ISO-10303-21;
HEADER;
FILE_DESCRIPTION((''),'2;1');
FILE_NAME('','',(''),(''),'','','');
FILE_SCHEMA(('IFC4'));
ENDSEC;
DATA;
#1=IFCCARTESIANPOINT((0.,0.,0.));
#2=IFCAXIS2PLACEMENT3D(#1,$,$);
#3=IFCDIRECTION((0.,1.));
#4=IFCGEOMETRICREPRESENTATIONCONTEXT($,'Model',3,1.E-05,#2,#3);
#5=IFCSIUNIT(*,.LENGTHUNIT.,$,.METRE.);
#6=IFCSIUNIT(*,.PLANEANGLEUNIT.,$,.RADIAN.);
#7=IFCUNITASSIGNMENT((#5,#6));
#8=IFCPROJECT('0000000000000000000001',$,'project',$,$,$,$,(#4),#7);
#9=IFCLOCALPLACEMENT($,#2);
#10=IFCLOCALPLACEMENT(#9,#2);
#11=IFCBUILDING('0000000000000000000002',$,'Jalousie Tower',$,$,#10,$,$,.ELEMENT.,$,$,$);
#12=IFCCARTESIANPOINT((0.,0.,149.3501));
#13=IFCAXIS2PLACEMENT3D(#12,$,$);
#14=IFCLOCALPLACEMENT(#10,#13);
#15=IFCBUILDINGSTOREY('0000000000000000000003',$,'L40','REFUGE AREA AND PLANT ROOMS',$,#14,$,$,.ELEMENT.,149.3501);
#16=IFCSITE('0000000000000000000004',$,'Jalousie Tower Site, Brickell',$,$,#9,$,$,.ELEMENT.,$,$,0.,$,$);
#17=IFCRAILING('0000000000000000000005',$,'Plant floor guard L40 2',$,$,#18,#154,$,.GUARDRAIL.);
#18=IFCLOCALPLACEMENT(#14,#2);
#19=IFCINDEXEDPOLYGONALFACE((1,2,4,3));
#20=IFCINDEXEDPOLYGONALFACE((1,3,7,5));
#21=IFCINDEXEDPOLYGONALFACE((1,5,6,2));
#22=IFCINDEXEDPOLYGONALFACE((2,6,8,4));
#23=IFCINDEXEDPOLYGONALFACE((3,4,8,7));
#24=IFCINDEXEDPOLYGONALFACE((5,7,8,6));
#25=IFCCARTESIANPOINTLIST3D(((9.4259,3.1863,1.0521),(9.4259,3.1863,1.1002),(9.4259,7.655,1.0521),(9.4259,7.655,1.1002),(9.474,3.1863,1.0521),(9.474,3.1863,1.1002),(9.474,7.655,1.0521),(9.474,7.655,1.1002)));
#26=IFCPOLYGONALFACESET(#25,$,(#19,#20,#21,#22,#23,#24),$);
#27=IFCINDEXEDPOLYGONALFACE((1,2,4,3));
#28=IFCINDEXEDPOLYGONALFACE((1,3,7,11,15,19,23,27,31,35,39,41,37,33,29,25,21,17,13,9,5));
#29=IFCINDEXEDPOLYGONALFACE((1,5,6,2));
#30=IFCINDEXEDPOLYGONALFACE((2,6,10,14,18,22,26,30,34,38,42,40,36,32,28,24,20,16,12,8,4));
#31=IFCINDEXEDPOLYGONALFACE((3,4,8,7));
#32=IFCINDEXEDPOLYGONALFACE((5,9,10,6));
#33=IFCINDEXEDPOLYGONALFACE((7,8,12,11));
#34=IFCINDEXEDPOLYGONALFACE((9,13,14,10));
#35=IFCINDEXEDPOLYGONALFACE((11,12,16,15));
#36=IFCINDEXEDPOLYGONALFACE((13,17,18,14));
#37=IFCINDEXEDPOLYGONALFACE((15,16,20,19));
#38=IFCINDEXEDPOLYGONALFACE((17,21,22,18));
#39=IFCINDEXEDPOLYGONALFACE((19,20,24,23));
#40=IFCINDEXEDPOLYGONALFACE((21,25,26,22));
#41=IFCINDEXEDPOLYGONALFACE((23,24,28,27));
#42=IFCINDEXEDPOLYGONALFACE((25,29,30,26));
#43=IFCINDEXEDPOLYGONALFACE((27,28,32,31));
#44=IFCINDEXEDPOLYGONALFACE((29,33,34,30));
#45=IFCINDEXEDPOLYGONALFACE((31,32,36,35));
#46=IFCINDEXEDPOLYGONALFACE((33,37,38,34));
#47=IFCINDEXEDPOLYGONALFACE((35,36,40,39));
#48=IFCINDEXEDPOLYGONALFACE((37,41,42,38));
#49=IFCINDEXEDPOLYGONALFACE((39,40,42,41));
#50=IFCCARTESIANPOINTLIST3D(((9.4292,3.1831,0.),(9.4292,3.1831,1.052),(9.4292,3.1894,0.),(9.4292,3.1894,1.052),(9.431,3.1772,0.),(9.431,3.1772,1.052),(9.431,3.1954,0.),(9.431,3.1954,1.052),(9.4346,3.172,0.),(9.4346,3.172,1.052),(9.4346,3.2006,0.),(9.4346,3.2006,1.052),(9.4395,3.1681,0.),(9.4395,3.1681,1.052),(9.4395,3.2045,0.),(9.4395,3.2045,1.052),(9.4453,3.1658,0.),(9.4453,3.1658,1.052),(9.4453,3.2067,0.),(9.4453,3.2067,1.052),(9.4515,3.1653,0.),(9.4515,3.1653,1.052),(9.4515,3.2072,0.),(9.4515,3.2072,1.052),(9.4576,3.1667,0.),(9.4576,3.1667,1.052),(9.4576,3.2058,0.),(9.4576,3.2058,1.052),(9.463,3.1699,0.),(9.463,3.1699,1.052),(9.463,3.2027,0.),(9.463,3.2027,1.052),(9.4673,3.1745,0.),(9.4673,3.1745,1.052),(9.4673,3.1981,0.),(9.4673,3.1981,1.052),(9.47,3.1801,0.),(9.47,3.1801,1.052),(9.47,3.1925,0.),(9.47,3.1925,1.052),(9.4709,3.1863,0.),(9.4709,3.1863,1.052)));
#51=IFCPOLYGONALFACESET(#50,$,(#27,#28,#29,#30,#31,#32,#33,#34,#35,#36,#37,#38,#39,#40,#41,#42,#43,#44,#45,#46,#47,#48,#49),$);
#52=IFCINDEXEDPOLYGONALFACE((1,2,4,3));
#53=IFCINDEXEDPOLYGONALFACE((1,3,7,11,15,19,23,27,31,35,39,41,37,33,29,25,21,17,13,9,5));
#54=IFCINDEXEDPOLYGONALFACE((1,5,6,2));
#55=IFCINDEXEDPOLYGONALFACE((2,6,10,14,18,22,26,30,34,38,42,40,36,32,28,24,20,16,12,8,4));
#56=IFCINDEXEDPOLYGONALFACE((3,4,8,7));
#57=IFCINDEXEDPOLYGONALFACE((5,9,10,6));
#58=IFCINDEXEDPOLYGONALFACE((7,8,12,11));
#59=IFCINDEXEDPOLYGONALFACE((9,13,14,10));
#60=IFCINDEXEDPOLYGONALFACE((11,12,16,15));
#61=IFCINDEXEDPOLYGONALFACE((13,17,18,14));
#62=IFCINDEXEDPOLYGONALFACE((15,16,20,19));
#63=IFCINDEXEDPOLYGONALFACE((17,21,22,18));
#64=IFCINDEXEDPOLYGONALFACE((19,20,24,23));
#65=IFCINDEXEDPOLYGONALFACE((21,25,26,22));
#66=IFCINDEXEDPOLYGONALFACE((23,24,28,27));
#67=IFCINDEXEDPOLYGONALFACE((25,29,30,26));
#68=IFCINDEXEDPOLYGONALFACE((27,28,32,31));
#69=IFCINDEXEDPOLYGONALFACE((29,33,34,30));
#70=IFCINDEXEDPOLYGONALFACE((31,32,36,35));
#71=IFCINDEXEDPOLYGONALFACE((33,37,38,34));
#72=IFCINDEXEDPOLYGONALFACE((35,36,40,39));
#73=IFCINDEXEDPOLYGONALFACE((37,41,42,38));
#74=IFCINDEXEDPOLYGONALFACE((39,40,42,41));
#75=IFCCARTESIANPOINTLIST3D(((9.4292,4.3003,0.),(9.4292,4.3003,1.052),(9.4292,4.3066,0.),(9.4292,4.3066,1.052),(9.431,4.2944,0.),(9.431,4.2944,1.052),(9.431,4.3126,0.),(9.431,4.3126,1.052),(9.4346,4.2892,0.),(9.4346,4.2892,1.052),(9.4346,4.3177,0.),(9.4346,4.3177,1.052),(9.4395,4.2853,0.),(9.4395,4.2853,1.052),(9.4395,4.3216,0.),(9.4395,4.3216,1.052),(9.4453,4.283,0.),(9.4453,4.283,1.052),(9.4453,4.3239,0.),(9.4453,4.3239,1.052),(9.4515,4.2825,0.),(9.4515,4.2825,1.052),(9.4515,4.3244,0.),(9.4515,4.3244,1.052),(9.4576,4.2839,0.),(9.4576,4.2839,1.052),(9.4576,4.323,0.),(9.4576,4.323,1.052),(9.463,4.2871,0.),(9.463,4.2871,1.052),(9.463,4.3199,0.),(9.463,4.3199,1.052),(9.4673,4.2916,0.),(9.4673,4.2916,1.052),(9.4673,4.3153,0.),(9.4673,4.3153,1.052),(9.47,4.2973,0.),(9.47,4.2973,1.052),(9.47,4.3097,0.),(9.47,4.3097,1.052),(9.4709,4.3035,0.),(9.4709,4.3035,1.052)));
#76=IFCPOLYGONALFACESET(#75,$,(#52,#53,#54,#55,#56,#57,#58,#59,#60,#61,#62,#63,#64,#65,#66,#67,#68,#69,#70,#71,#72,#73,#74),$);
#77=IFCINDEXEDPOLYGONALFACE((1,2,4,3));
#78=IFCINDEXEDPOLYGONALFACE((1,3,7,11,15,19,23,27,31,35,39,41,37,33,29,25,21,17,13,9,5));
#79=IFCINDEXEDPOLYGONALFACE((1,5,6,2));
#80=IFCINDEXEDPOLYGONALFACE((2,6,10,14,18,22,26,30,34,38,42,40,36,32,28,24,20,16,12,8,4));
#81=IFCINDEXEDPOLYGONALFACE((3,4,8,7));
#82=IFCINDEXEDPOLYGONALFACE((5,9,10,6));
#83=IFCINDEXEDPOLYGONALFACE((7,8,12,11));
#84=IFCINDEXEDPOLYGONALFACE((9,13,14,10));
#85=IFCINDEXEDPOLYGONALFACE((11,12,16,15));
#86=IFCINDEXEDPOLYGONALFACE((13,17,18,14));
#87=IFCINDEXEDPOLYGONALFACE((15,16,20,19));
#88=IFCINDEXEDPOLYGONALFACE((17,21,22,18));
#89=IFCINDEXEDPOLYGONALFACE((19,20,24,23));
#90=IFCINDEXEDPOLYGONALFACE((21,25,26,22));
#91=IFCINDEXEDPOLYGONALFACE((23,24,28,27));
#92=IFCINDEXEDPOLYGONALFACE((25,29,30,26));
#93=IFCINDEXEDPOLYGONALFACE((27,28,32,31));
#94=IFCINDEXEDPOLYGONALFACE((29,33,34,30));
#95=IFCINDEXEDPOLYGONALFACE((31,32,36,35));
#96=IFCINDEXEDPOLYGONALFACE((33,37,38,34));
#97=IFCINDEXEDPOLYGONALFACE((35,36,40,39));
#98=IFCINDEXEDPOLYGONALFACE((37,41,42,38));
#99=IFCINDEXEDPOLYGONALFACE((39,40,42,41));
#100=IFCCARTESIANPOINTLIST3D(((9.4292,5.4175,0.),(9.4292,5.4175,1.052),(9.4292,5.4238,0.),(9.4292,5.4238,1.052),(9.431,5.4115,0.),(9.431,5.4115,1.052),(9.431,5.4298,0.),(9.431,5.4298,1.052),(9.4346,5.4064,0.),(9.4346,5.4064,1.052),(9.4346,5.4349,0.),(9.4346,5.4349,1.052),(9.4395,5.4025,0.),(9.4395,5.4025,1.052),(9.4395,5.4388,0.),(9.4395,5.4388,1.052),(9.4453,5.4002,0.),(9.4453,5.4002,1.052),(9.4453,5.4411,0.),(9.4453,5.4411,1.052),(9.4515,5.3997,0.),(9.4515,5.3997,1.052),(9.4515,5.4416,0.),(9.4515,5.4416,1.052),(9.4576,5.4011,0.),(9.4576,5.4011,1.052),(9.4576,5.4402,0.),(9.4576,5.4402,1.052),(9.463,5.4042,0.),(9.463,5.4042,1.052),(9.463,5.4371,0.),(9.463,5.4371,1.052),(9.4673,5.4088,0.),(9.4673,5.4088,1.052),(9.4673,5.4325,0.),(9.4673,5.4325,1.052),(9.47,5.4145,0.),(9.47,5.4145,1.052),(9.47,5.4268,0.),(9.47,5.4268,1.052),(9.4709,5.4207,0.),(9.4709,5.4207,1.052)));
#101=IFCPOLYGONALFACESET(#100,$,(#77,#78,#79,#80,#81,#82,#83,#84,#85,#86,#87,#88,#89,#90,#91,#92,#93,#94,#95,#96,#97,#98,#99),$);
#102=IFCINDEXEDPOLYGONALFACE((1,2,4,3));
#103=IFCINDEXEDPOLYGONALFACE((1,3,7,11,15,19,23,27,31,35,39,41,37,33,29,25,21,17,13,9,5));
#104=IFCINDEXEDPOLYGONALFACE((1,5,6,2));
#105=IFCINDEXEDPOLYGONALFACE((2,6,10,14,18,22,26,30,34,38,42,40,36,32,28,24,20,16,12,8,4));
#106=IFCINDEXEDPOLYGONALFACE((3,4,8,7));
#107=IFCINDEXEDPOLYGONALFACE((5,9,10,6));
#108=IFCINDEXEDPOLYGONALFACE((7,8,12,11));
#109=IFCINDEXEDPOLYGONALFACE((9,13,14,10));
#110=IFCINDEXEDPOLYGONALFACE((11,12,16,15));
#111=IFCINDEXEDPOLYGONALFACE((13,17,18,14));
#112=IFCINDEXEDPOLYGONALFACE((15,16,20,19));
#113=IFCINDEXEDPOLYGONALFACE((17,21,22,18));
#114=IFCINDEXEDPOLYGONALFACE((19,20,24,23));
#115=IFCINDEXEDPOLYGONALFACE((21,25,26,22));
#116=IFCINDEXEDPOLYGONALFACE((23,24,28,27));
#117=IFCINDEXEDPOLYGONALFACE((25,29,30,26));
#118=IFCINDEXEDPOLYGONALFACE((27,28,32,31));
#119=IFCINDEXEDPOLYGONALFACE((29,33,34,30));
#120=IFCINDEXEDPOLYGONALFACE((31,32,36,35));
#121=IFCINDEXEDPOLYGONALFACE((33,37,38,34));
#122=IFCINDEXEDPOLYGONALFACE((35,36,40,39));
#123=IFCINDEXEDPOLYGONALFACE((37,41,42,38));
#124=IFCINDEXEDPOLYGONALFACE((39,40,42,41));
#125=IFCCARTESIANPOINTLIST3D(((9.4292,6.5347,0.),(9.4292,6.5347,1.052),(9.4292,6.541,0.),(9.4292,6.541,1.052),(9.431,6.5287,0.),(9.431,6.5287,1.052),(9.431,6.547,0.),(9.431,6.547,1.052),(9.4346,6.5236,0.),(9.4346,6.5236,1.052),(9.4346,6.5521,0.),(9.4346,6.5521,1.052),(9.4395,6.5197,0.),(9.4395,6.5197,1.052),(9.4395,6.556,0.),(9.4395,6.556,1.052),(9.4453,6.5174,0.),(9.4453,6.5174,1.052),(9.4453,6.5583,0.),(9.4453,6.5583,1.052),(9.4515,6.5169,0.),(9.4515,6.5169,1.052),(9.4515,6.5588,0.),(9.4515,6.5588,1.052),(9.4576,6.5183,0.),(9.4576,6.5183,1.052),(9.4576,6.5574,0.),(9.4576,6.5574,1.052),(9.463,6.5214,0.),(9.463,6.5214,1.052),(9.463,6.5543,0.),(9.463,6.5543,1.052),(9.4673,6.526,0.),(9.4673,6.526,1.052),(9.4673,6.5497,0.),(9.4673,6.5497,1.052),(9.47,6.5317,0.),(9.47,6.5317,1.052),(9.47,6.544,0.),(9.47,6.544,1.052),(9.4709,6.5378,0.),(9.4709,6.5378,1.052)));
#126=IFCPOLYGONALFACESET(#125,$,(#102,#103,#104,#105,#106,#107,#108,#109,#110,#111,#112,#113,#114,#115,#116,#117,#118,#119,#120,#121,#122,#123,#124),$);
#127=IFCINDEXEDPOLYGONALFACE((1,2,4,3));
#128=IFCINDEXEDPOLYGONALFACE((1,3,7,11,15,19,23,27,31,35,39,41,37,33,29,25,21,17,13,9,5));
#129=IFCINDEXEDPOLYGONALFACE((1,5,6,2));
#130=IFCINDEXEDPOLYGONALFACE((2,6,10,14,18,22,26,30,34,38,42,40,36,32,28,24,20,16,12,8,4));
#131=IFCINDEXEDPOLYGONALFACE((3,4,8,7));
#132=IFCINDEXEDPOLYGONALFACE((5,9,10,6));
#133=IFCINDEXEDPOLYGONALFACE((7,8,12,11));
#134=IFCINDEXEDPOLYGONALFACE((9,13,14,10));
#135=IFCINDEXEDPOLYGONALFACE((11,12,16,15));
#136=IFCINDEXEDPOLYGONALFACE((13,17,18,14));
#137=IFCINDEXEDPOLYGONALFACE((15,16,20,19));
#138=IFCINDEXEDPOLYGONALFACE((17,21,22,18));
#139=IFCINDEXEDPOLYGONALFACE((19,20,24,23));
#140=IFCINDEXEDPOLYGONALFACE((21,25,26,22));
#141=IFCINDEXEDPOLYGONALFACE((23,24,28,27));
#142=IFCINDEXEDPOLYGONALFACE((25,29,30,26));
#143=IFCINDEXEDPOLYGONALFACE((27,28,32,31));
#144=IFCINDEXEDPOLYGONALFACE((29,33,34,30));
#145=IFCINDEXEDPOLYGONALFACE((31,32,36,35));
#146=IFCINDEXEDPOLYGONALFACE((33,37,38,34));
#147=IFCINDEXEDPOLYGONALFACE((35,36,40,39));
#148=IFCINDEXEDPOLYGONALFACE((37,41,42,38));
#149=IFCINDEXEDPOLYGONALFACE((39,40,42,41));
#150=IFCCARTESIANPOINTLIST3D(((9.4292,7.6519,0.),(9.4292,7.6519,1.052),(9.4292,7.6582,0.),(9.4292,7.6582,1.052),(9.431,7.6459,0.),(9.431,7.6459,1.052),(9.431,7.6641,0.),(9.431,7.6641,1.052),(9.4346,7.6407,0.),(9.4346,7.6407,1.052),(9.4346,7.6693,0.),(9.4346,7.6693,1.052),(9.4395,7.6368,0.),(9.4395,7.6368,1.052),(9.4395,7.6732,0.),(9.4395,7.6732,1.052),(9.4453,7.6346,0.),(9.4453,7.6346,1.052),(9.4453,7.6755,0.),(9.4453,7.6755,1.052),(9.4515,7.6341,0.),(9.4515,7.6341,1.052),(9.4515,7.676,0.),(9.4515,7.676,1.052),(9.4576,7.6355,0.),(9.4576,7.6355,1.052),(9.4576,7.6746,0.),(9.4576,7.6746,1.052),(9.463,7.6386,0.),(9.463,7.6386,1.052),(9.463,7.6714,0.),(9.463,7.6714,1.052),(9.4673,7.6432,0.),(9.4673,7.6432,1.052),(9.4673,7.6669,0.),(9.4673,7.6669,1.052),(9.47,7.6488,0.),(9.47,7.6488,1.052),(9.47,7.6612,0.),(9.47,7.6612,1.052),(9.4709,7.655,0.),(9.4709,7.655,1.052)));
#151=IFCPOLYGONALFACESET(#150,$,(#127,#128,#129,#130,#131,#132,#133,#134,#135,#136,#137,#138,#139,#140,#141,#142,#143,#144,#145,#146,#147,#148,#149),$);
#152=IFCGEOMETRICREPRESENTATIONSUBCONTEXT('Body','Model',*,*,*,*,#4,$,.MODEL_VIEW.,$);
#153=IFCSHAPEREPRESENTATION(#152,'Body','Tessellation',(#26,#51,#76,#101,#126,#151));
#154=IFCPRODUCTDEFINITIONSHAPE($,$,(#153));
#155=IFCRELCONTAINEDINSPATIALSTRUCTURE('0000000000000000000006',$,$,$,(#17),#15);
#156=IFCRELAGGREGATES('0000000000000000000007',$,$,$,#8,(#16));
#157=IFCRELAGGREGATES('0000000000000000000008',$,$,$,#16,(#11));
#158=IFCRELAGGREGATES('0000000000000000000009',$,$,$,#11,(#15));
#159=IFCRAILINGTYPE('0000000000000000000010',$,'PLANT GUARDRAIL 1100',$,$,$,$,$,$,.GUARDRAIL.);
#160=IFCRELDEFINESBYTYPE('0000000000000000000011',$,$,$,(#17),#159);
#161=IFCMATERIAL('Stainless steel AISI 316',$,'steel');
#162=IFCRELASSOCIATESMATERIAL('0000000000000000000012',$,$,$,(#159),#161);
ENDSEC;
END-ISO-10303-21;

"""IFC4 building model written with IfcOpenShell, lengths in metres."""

from ifc_helpers import new_model, si_unit, direction, frame, origin, origin_2d, place, context, subcontext, project, spatial, rectangle, circle, extrude, material, type_object, element, save


model = new_model("IFC4")

# Units and contexts
model_context = context("Model", 3, precision=1e-05, world=origin(), true_north=direction((0.0, 1.0)))
body_context = subcontext(model_context, "Body", "Model", "MODEL_VIEW")
ifc_project = project(units=[si_unit("LENGTHUNIT", "METRE"), si_unit("PLANEANGLEUNIT", "RADIAN")], contexts=[model_context])

# Site, building, storey
site_placement = place(None, origin())
site = spatial("IfcSite", under=ifc_project, at=site_placement, Name="Jalousie Tower Site, Brickell", CompositionType="ELEMENT", RefElevation=0.0)
building_placement = place(site_placement, origin())
building = spatial("IfcBuilding", under=site, at=building_placement, Name="Jalousie Tower", CompositionType="ELEMENT")
storey_placement = place(building_placement, frame((0.0, 0.0, 149.3501)))
storey = spatial("IfcBuildingStorey", under=building, at=storey_placement, Name="L40", Description="REFUGE AREA AND PLANT ROOMS", CompositionType="ELEMENT", Elevation=149.3501)

# Railing
ifc_material_1 = material(Name="Stainless steel AISI 316", Category="steel")
railing_type = type_object("IfcRailingType", Name="PLANT GUARDRAIL 1100", PredefinedType="GUARDRAIL", material=ifc_material_1)
railing_1_placement = place(storey_placement, frame((9.45, 3.1863, 0.0)))
element("IfcRailing", 1, at=railing_1_placement, inside=storey, type_object=railing_type, Name="Plant floor guard L40 2", PredefinedType="GUARDRAIL", context=body_context, shape_type="SweptSolid", body=[
    extrude(rectangle(XDim=0.0481, YDim=0.0481, at=origin_2d()), frame((0.0, 0.0, 1.0762), z_axis=(0.0, 1.0, 0.0), x_axis=(-1.0, 0.0, 0.0)), (0.0, 0.0, 1.0), 4.4688),
    extrude(circle(Radius=0.021, at=origin_2d()), origin(), (0.0, 0.0, 1.0), 1.052),
    extrude(circle(Radius=0.021, at=origin_2d()), frame((0.0, 1.1172, 0.0)), (0.0, 0.0, 1.0), 1.052),
    extrude(circle(Radius=0.021, at=origin_2d()), frame((0.0, 2.2344, 0.0)), (0.0, 0.0, 1.0), 1.052),
    extrude(circle(Radius=0.021, at=origin_2d()), frame((0.0, 3.3516, 0.0)), (0.0, 0.0, 1.0), 1.052),
    extrude(circle(Radius=0.021, at=origin_2d()), frame((0.0, 4.4688, 0.0)), (0.0, 0.0, 1.0), 1.052),
])

save(model, "model.ifc")
